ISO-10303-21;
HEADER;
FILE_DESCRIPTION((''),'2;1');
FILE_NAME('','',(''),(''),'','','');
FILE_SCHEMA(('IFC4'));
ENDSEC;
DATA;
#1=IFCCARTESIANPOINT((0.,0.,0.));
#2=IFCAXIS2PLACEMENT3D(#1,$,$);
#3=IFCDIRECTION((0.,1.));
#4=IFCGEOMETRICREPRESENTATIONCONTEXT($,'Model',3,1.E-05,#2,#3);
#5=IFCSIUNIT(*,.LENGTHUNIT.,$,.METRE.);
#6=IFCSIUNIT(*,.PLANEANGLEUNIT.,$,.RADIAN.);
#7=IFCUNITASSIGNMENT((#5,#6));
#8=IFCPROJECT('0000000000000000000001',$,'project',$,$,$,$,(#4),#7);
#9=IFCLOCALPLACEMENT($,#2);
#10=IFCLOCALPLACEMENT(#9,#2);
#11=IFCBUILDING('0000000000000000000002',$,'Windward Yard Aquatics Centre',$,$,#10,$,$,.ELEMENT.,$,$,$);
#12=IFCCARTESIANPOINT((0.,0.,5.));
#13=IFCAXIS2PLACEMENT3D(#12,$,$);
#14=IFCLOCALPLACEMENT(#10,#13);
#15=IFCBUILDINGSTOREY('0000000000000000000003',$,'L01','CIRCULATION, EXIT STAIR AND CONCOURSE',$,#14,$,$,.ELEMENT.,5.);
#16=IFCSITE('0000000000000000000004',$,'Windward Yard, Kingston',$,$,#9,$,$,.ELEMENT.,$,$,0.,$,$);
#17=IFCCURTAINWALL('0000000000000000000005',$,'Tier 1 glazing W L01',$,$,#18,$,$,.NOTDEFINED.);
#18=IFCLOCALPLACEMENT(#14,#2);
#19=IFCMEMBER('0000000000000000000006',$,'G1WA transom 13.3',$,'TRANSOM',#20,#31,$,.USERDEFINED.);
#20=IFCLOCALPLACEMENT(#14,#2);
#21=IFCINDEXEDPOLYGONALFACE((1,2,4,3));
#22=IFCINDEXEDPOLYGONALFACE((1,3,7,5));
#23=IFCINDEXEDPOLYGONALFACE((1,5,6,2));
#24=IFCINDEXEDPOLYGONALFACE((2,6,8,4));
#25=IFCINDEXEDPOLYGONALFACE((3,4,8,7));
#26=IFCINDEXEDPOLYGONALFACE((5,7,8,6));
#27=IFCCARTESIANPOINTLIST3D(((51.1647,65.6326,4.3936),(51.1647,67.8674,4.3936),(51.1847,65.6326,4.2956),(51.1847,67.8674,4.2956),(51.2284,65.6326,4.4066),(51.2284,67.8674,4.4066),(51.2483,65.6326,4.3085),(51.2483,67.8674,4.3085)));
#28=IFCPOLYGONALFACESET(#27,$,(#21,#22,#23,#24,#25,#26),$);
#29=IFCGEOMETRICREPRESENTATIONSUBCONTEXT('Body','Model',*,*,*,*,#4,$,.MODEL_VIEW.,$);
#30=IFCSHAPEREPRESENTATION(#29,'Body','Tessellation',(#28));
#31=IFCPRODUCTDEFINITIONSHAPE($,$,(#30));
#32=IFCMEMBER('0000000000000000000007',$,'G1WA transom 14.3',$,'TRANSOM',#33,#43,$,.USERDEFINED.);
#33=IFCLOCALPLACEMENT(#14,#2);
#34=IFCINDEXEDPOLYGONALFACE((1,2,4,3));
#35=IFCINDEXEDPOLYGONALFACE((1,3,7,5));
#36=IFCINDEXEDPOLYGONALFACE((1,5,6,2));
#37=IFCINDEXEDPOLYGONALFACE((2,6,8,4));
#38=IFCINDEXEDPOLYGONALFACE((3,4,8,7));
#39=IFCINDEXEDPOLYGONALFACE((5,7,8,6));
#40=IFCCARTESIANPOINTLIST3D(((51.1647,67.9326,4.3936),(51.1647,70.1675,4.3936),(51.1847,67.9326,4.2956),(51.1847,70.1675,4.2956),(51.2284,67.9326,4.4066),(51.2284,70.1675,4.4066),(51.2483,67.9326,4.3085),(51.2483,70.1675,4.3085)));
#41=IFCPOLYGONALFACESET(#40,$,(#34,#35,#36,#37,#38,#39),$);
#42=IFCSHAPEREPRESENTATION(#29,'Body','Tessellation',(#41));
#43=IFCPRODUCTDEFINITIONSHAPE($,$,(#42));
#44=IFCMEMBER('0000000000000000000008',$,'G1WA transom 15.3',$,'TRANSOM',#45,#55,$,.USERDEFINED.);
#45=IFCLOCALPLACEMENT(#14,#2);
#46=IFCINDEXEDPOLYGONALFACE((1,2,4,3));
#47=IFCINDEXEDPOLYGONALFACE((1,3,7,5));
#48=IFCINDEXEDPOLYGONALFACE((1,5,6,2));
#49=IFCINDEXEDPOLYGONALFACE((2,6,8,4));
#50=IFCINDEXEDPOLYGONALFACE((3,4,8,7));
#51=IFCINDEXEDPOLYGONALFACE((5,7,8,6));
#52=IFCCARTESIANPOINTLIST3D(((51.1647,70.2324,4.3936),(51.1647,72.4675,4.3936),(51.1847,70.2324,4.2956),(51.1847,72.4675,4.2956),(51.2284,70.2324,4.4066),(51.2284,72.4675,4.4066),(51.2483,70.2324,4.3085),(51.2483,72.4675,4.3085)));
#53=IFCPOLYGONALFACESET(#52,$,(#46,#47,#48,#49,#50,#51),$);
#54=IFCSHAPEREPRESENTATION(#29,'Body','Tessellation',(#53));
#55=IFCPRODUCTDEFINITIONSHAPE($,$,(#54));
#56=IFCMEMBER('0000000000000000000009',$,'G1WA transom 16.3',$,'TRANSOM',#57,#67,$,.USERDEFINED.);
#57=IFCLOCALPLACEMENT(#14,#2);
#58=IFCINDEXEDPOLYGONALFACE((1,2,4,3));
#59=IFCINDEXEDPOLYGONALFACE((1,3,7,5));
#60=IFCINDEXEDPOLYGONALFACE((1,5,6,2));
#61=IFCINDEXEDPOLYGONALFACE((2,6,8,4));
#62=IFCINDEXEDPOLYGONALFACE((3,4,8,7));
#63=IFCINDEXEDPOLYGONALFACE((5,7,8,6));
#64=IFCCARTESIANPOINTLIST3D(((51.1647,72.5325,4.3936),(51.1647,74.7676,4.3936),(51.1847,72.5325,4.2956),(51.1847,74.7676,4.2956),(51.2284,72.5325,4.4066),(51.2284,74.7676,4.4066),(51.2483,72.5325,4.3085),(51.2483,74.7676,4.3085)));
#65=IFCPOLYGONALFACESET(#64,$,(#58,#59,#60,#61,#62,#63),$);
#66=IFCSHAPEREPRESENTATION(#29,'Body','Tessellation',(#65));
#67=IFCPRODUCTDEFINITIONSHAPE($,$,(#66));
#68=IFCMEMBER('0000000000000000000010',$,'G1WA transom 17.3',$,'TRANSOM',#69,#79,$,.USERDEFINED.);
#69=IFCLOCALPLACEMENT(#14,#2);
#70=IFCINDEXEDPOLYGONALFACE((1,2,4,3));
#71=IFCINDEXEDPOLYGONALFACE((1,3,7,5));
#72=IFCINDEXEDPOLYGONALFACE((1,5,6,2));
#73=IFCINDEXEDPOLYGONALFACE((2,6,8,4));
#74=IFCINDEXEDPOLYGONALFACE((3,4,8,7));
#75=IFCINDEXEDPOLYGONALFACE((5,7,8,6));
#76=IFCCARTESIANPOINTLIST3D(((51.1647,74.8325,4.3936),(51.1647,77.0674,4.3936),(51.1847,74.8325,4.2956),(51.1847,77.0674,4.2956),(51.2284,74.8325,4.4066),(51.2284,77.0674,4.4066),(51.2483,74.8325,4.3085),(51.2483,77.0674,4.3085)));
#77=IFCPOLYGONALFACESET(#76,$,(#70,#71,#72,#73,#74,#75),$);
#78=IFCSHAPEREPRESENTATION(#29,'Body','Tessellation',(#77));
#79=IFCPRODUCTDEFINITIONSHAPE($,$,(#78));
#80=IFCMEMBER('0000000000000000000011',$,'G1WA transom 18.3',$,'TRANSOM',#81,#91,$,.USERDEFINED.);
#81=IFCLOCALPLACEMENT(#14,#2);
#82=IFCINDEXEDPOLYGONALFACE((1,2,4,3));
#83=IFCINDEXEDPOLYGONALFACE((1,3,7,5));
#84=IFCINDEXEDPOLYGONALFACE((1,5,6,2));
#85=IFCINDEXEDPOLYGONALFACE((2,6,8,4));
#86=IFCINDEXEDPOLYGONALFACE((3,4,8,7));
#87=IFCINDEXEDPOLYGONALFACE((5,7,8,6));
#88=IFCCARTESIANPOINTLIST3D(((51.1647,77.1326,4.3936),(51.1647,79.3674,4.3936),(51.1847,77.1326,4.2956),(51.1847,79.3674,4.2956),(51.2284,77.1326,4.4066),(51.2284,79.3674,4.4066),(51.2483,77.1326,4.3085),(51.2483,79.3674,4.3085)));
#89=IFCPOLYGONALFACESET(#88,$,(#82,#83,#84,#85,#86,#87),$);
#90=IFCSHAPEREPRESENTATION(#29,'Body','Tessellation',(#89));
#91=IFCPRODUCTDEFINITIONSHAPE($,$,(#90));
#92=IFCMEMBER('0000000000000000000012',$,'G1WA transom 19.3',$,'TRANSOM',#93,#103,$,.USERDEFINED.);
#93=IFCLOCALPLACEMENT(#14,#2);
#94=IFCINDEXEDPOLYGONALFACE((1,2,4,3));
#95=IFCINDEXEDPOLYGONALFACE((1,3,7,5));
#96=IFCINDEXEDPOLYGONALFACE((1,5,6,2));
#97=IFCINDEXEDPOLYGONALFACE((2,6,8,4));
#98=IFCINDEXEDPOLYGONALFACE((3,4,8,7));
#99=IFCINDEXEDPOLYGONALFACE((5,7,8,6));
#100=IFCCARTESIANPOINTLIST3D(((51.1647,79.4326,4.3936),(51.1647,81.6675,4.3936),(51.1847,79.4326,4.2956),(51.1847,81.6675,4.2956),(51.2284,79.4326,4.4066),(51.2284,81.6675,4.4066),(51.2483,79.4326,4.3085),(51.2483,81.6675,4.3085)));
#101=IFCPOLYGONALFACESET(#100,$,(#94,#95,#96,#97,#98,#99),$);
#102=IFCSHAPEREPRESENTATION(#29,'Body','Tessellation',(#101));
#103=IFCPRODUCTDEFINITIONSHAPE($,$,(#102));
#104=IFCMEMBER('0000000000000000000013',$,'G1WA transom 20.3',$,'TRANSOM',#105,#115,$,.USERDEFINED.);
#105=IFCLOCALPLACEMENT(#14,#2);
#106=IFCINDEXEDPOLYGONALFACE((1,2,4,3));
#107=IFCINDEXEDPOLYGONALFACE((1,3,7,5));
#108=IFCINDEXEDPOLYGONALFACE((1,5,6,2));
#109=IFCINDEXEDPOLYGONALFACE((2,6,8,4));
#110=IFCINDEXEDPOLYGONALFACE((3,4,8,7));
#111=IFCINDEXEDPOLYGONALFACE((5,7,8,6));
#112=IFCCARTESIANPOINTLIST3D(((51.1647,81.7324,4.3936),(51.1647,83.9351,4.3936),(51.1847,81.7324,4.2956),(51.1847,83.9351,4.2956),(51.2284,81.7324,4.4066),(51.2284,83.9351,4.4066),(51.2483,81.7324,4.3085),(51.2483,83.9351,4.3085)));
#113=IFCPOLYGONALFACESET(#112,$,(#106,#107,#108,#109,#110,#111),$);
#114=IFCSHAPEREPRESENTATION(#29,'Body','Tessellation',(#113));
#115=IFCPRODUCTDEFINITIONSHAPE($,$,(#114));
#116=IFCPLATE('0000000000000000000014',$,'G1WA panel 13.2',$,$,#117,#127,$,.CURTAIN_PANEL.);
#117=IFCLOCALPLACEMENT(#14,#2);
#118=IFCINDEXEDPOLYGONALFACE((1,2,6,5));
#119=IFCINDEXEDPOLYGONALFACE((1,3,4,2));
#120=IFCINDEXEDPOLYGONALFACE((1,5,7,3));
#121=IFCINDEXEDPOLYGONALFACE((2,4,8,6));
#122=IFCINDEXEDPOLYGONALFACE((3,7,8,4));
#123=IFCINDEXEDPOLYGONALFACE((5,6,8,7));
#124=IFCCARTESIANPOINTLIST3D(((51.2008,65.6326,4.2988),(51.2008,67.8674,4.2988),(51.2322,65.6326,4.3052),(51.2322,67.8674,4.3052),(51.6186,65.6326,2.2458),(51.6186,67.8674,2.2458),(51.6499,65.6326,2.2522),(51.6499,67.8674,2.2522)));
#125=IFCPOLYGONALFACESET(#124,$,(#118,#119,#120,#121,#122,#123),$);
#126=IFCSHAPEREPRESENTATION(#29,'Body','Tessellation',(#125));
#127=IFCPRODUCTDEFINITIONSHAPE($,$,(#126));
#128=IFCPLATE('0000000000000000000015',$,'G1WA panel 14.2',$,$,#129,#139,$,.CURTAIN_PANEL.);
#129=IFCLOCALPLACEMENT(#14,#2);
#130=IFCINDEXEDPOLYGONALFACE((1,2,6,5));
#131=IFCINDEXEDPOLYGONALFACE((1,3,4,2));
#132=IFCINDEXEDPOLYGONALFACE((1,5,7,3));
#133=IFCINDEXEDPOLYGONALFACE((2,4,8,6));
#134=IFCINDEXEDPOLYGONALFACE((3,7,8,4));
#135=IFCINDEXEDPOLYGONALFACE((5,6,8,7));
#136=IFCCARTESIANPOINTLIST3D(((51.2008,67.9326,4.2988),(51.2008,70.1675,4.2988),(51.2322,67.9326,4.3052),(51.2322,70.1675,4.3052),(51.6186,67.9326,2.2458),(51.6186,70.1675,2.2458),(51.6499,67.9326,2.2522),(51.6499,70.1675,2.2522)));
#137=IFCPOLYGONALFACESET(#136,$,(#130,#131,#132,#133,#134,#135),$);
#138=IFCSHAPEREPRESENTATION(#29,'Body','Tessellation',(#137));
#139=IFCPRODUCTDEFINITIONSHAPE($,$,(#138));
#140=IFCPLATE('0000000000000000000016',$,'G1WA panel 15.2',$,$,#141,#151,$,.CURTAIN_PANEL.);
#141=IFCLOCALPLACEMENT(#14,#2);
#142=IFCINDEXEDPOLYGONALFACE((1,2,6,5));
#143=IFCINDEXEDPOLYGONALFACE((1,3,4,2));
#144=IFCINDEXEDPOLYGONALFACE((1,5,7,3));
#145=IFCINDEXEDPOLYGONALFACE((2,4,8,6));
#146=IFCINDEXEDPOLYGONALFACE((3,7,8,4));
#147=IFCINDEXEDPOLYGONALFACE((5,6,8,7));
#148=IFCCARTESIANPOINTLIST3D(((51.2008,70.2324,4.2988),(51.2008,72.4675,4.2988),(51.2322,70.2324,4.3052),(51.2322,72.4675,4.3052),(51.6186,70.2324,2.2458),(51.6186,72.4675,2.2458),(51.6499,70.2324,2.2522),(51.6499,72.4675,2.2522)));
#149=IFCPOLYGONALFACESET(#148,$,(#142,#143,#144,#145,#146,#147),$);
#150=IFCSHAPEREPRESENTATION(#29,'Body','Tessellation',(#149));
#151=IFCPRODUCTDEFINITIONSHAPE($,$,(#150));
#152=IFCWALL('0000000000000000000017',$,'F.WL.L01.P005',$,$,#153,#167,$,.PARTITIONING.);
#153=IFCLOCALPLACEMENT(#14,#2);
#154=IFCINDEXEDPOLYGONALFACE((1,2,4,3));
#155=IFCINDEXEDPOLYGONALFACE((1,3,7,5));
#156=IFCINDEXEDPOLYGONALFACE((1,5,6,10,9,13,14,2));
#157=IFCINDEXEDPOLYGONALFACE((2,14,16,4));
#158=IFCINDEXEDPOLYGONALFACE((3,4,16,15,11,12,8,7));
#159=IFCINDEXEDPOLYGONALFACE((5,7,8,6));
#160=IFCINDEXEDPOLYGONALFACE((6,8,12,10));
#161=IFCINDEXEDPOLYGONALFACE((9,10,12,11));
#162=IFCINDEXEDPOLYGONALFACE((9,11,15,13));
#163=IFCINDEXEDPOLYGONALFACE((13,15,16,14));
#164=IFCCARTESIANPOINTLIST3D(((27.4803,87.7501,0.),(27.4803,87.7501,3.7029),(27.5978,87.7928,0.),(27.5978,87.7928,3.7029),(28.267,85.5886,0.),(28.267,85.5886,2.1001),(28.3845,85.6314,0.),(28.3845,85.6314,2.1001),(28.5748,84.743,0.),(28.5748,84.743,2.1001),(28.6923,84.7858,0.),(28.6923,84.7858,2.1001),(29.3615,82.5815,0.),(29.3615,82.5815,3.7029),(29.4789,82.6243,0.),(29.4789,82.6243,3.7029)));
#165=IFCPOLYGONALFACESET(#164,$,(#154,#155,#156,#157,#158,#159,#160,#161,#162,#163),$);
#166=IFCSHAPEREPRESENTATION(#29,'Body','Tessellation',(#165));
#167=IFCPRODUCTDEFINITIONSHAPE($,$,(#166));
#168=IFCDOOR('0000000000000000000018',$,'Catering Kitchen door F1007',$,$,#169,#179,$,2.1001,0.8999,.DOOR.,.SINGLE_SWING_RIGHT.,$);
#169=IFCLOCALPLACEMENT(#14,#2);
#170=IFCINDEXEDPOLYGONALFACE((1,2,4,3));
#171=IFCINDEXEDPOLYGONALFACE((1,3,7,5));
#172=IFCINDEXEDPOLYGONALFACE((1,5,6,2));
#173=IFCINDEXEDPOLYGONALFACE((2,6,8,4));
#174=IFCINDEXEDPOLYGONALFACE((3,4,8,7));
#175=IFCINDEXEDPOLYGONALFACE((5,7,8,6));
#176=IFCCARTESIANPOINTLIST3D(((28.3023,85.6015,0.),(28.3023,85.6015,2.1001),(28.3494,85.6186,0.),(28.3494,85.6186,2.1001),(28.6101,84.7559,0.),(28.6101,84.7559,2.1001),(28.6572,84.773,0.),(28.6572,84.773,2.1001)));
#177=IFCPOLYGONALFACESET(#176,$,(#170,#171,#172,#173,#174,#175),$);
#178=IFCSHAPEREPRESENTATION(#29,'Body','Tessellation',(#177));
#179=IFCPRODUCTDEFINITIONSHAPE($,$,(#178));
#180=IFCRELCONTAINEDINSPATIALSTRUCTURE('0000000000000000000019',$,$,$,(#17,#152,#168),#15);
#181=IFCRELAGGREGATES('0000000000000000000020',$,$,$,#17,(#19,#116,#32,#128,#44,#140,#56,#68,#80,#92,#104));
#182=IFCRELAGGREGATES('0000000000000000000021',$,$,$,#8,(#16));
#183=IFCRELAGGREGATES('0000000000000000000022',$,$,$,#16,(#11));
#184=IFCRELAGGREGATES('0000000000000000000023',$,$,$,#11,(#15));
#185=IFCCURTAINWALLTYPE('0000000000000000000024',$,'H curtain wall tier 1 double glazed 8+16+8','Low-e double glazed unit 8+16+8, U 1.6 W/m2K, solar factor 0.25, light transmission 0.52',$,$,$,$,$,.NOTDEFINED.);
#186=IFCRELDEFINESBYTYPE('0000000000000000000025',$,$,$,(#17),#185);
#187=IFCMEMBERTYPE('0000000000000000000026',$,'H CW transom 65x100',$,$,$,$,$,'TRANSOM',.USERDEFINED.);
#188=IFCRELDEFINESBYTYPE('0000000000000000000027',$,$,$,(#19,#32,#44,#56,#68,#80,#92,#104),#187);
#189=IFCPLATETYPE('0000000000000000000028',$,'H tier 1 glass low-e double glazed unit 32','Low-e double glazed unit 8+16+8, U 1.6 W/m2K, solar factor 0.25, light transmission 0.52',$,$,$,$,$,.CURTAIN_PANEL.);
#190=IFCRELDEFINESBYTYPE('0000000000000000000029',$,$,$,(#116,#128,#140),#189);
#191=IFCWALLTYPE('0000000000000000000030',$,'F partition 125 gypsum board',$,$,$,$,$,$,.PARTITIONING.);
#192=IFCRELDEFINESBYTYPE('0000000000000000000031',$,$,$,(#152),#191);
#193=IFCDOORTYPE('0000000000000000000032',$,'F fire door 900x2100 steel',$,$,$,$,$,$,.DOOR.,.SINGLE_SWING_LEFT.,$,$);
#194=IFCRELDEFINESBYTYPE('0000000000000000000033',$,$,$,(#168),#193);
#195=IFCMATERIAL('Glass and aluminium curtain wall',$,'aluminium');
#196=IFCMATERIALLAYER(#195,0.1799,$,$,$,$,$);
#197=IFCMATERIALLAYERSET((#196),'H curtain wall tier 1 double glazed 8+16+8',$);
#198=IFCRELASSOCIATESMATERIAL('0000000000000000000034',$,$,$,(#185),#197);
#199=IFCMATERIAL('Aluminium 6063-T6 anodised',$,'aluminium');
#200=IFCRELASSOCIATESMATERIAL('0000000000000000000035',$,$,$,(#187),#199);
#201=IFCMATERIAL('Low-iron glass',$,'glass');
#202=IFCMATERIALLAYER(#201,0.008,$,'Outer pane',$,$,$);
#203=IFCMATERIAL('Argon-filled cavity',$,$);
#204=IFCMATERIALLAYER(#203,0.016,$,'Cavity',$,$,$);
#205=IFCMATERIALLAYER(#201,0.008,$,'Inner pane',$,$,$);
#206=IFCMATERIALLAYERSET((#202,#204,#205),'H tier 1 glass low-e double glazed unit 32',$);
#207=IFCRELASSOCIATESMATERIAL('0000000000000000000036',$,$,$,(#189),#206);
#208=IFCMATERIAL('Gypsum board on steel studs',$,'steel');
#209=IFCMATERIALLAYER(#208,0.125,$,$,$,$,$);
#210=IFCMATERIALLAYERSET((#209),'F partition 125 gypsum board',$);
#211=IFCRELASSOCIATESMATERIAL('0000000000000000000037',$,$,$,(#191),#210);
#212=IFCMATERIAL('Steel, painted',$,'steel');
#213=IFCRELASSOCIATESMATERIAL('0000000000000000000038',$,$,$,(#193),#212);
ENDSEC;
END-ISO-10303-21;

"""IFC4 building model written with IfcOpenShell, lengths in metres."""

from ifc_helpers import new_model, si_unit, direction, frame, frame_2d, origin, origin_2d, place, context, subcontext, project, spatial, polyline, rectangle, outline, extrude, material, layer, layer_set, material_profile, profile_set, type_object, element, fill, aggregate, save


model = new_model("IFC4")

# Units and contexts
model_context = context("Model", 3, precision=1e-05, world=origin(), true_north=direction((0.0, 1.0)))
body_context = subcontext(model_context, "Body", "Model", "MODEL_VIEW")
ifc_project = project(units=[si_unit("LENGTHUNIT", "METRE"), si_unit("PLANEANGLEUNIT", "RADIAN")], contexts=[model_context])

# Site, building, storey
site_placement = place(None, origin())
site = spatial("IfcSite", under=ifc_project, at=site_placement, Name="Windward Yard, Kingston", CompositionType="ELEMENT", RefElevation=0.0)
building_placement = place(site_placement, origin())
building = spatial("IfcBuilding", under=site, at=building_placement, Name="Windward Yard Aquatics Centre", CompositionType="ELEMENT")
storey_placement = place(building_placement, frame((0.0, 0.0, 5.0)))
storey = spatial("IfcBuildingStorey", under=building, at=storey_placement, Name="L01", Description="CIRCULATION, EXIT STAIR AND CONCOURSE", CompositionType="ELEMENT", Elevation=5.0)

# Curtain wall, members, plates
ifc_material_1 = material(Name="Glass and aluminium curtain wall", Category="aluminium")
ifc_layer_1 = layer(ifc_material_1, 0.1799)
ifc_layer_set_1 = layer_set([ifc_layer_1], Name="H curtain wall tier 1 double glazed 8+16+8")
curtain_wall_type = type_object("IfcCurtainWallType", Name="H curtain wall tier 1 double glazed 8+16+8", Description="Low-e double glazed unit 8+16+8, U 1.6 W/m2K, solar factor 0.25, light transmission 0.52", PredefinedType="NOTDEFINED", material=ifc_layer_set_1)
curtain_wall_placement = place(storey_placement, origin())
curtain_wall = element("IfcCurtainWall", 1, at=curtain_wall_placement, inside=storey, type_object=curtain_wall_type, Name="Tier 1 glazing W L01", PredefinedType="NOTDEFINED")
ifc_material_2 = material(Name="Aluminium 6063-T6 anodised", Category="aluminium")
ifc_material_profile_1 = material_profile(ifc_material_2, rectangle(XDim=0.0649, YDim=0.1001, at=origin_2d()), Name="H CW transom 65x100")
ifc_profile_set_1 = profile_set([ifc_material_profile_1], Name="Aluminium 6063-T6 anodised")
member_type = type_object("IfcMemberType", Name="H CW transom 65x100", ElementType="TRANSOM", PredefinedType="USERDEFINED", material=ifc_profile_set_1)
member_1_placement = place(storey_placement, frame((51.2065, 65.6326, 4.3511), z_axis=(0.0, 1.0, 0.0), x_axis=(0.979925, 0.0, 0.199368)))
member_1 = element("IfcMember", 2, at=member_1_placement, type_object=member_type, Name="G1WA transom 13.3", ObjectType="TRANSOM", PredefinedType="USERDEFINED", context=body_context, shape_type="SweptSolid", body=[
    extrude(rectangle(XDim=0.0649, YDim=0.1001, at=origin_2d()), origin(), (0.0, 0.0, 1.0), 2.2349),
])
member_2_placement = place(storey_placement, frame((51.2065, 67.9326, 4.3511), z_axis=(0.0, 1.0, 0.0), x_axis=(0.979925, 0.0, 0.199368)))
member_2 = element("IfcMember", 3, at=member_2_placement, type_object=member_type, Name="G1WA transom 14.3", ObjectType="TRANSOM", PredefinedType="USERDEFINED", context=body_context, shape_type="SweptSolid", body=[
    extrude(rectangle(XDim=0.0649, YDim=0.1001, at=origin_2d()), origin(), (0.0, 0.0, 1.0), 2.2349),
])
member_3_placement = place(storey_placement, frame((51.2065, 70.2324, 4.3511), z_axis=(0.0, 1.0, 0.0), x_axis=(0.979925, 0.0, 0.199368)))
member_3 = element("IfcMember", 4, at=member_3_placement, type_object=member_type, Name="G1WA transom 15.3", ObjectType="TRANSOM", PredefinedType="USERDEFINED", context=body_context, shape_type="SweptSolid", body=[
    extrude(rectangle(XDim=0.0649, YDim=0.1001, at=origin_2d()), origin(), (0.0, 0.0, 1.0), 2.2351),
])
member_4_placement = place(storey_placement, frame((51.2065, 72.5325, 4.3511), z_axis=(0.0, 1.0, 0.0), x_axis=(0.979925, 0.0, 0.199368)))
member_4 = element("IfcMember", 5, at=member_4_placement, type_object=member_type, Name="G1WA transom 16.3", ObjectType="TRANSOM", PredefinedType="USERDEFINED", context=body_context, shape_type="SweptSolid", body=[
    extrude(rectangle(XDim=0.0649, YDim=0.1001, at=origin_2d()), origin(), (0.0, 0.0, 1.0), 2.2351),
])
member_5_placement = place(storey_placement, frame((51.2065, 74.8325, 4.3511), z_axis=(0.0, 1.0, 0.0), x_axis=(0.979925, 0.0, 0.199368)))
member_5 = element("IfcMember", 6, at=member_5_placement, type_object=member_type, Name="G1WA transom 17.3", ObjectType="TRANSOM", PredefinedType="USERDEFINED", context=body_context, shape_type="SweptSolid", body=[
    extrude(rectangle(XDim=0.0649, YDim=0.1001, at=origin_2d()), origin(), (0.0, 0.0, 1.0), 2.2349),
])
member_6_placement = place(storey_placement, frame((51.2065, 77.1326, 4.3511), z_axis=(0.0, 1.0, 0.0), x_axis=(0.979925, 0.0, 0.199368)))
member_6 = element("IfcMember", 7, at=member_6_placement, type_object=member_type, Name="G1WA transom 18.3", ObjectType="TRANSOM", PredefinedType="USERDEFINED", context=body_context, shape_type="SweptSolid", body=[
    extrude(rectangle(XDim=0.0649, YDim=0.1001, at=origin_2d()), origin(), (0.0, 0.0, 1.0), 2.2349),
])
member_7_placement = place(storey_placement, frame((51.2065, 79.4326, 4.3511), z_axis=(0.0, 1.0, 0.0), x_axis=(0.979925, 0.0, 0.199368)))
member_7 = element("IfcMember", 8, at=member_7_placement, type_object=member_type, Name="G1WA transom 19.3", ObjectType="TRANSOM", PredefinedType="USERDEFINED", context=body_context, shape_type="SweptSolid", body=[
    extrude(rectangle(XDim=0.0649, YDim=0.1001, at=origin_2d()), origin(), (0.0, 0.0, 1.0), 2.2349),
])
member_8_placement = place(storey_placement, frame((51.2065, 81.7324, 4.3511), z_axis=(0.0, 1.0, 0.0), x_axis=(0.979925, 0.0, 0.199368)))
member_8 = element("IfcMember", 9, at=member_8_placement, type_object=member_type, Name="G1WA transom 20.3", ObjectType="TRANSOM", PredefinedType="USERDEFINED", context=body_context, shape_type="SweptSolid", body=[
    extrude(rectangle(XDim=0.0649, YDim=0.1001, at=origin_2d()), origin(), (0.0, 0.0, 1.0), 2.2026),
])
ifc_material_3 = material(Name="Low-iron glass", Category="glass")
ifc_layer_2 = layer(ifc_material_3, 0.008, Name="Outer pane")
ifc_material_4 = material(Name="Argon-filled cavity")
ifc_layer_3 = layer(ifc_material_4, 0.016, Name="Cavity")
ifc_layer_4 = layer(ifc_material_3, 0.008, Name="Inner pane")
ifc_layer_set_2 = layer_set([ifc_layer_2, ifc_layer_3, ifc_layer_4], Name="H tier 1 glass low-e double glazed unit 32")
plate_type = type_object("IfcPlateType", Name="H tier 1 glass low-e double glazed unit 32", Description="Low-e double glazed unit 8+16+8, U 1.6 W/m2K, solar factor 0.25, light transmission 0.52", PredefinedType="CURTAIN_PANEL", material=ifc_layer_set_2)
plate_1_placement = place(storey_placement, frame((51.2322, 65.6326, 4.3052), z_axis=(0.979921, 0.0, 0.199387), x_axis=(0.199387, 0.0, -0.979921)))
plate_1 = element("IfcPlate", 10, at=plate_1_placement, type_object=plate_type, Name="G1WA panel 13.2", PredefinedType="CURTAIN_PANEL", context=body_context, shape_type="SweptSolid", body=[
    extrude(outline(polyline([(0.0, 0.0), (2.095, 0.0), (2.095, 2.2349), (0.0, 2.2349), (0.0, 0.0)])), origin(), (0.0, 0.0, -1.0), 0.032),
])
plate_2_placement = place(storey_placement, frame((51.2322, 67.9326, 4.3052), z_axis=(0.979921, 0.0, 0.199387), x_axis=(0.199387, 0.0, -0.979921)))
plate_2 = element("IfcPlate", 11, at=plate_2_placement, type_object=plate_type, Name="G1WA panel 14.2", PredefinedType="CURTAIN_PANEL", context=body_context, shape_type="SweptSolid", body=[
    extrude(outline(polyline([(0.0, 0.0), (2.095, 0.0), (2.095, 2.2349), (0.0, 2.2349), (0.0, 0.0)])), origin(), (0.0, 0.0, -1.0), 0.032),
])
plate_3_placement = place(storey_placement, frame((51.2322, 70.2324, 4.3052), z_axis=(0.979921, 0.0, 0.199387), x_axis=(0.199387, 0.0, -0.979921)))
plate_3 = element("IfcPlate", 12, at=plate_3_placement, type_object=plate_type, Name="G1WA panel 15.2", PredefinedType="CURTAIN_PANEL", context=body_context, shape_type="SweptSolid", body=[
    extrude(outline(polyline([(0.0, 0.0), (2.095, 0.0), (2.095, 2.2351), (0.0, 2.2351), (0.0, 0.0)])), origin(), (0.0, 0.0, -1.0), 0.032),
])
aggregate(curtain_wall, [member_1, plate_1, member_2, plate_2, member_3, plate_3, member_4, member_5, member_6, member_7, member_8])

# Wall, opening, door
ifc_material_5 = material(Name="Gypsum board on steel studs", Category="steel")
ifc_layer_5 = layer(ifc_material_5, 0.125)
ifc_layer_set_3 = layer_set([ifc_layer_5], Name="F partition 125 gypsum board")
wall_type_1 = type_object("IfcWallType", Name="F partition 125 gypsum board", PredefinedType="PARTITIONING", material=ifc_layer_set_3)
wall_1_placement = place(storey_placement, frame((29.4202, 82.603, 0.0), z_axis=(0.0, 0.0, 1.0), x_axis=(-0.34201, 0.939696, 0.0)))
wall_1 = element("IfcWall", 13, at=wall_1_placement, inside=storey, type_object=wall_type_1, Name="F.WL.L01.P005", PredefinedType="PARTITIONING", context=body_context, shape_type="SweptSolid", body=[
    extrude(rectangle(XDim=5.5002, YDim=0.125, at=frame_2d((2.75, 0.0))), origin(), (0.0, 0.0, 1.0), 3.7029),
])
opening_1_placement = place(wall_1_placement, frame((2.3, 0.0, 0.0)))
opening_1 = element("IfcOpeningElement", 14, at=opening_1_placement, cuts=wall_1, PredefinedType="OPENING", context=body_context, shape_type="SweptSolid", body=[
    extrude(rectangle(XDim=0.8999, YDim=2.1001, at=frame_2d((0.45, 1.05))), frame((0.0, 0.0725, 0.0), z_axis=(0.0, -1.0, 0.0), x_axis=(1.0, 0.0, 0.0)), (0.0, 0.0, 1.0), 0.145),
])
ifc_material_6 = material(Name="Steel, painted", Category="steel")
door_type = type_object("IfcDoorType", Name="F fire door 900x2100 steel", OperationType="SINGLE_SWING_LEFT", PredefinedType="DOOR", material=ifc_material_6)
door_placement = place(opening_1_placement, origin())
door = element("IfcDoor", 15, at=door_placement, inside=storey, type_object=door_type, Name="Catering Kitchen door F1007", OperationType="SINGLE_SWING_RIGHT", OverallHeight=2.1001, OverallWidth=0.8999, PredefinedType="DOOR", context=body_context, shape_type="SweptSolid", body=[
    extrude(rectangle(XDim=0.8999, YDim=2.1001, at=frame_2d((0.45, 1.05))), frame((0.0, 0.0249, 0.0), z_axis=(0.0, -1.0, 0.0), x_axis=(1.0, 0.0, 0.0)), (0.0, 0.0, 1.0), 0.05),
])
fill(opening_1, door)

save(model, "model.ifc")
